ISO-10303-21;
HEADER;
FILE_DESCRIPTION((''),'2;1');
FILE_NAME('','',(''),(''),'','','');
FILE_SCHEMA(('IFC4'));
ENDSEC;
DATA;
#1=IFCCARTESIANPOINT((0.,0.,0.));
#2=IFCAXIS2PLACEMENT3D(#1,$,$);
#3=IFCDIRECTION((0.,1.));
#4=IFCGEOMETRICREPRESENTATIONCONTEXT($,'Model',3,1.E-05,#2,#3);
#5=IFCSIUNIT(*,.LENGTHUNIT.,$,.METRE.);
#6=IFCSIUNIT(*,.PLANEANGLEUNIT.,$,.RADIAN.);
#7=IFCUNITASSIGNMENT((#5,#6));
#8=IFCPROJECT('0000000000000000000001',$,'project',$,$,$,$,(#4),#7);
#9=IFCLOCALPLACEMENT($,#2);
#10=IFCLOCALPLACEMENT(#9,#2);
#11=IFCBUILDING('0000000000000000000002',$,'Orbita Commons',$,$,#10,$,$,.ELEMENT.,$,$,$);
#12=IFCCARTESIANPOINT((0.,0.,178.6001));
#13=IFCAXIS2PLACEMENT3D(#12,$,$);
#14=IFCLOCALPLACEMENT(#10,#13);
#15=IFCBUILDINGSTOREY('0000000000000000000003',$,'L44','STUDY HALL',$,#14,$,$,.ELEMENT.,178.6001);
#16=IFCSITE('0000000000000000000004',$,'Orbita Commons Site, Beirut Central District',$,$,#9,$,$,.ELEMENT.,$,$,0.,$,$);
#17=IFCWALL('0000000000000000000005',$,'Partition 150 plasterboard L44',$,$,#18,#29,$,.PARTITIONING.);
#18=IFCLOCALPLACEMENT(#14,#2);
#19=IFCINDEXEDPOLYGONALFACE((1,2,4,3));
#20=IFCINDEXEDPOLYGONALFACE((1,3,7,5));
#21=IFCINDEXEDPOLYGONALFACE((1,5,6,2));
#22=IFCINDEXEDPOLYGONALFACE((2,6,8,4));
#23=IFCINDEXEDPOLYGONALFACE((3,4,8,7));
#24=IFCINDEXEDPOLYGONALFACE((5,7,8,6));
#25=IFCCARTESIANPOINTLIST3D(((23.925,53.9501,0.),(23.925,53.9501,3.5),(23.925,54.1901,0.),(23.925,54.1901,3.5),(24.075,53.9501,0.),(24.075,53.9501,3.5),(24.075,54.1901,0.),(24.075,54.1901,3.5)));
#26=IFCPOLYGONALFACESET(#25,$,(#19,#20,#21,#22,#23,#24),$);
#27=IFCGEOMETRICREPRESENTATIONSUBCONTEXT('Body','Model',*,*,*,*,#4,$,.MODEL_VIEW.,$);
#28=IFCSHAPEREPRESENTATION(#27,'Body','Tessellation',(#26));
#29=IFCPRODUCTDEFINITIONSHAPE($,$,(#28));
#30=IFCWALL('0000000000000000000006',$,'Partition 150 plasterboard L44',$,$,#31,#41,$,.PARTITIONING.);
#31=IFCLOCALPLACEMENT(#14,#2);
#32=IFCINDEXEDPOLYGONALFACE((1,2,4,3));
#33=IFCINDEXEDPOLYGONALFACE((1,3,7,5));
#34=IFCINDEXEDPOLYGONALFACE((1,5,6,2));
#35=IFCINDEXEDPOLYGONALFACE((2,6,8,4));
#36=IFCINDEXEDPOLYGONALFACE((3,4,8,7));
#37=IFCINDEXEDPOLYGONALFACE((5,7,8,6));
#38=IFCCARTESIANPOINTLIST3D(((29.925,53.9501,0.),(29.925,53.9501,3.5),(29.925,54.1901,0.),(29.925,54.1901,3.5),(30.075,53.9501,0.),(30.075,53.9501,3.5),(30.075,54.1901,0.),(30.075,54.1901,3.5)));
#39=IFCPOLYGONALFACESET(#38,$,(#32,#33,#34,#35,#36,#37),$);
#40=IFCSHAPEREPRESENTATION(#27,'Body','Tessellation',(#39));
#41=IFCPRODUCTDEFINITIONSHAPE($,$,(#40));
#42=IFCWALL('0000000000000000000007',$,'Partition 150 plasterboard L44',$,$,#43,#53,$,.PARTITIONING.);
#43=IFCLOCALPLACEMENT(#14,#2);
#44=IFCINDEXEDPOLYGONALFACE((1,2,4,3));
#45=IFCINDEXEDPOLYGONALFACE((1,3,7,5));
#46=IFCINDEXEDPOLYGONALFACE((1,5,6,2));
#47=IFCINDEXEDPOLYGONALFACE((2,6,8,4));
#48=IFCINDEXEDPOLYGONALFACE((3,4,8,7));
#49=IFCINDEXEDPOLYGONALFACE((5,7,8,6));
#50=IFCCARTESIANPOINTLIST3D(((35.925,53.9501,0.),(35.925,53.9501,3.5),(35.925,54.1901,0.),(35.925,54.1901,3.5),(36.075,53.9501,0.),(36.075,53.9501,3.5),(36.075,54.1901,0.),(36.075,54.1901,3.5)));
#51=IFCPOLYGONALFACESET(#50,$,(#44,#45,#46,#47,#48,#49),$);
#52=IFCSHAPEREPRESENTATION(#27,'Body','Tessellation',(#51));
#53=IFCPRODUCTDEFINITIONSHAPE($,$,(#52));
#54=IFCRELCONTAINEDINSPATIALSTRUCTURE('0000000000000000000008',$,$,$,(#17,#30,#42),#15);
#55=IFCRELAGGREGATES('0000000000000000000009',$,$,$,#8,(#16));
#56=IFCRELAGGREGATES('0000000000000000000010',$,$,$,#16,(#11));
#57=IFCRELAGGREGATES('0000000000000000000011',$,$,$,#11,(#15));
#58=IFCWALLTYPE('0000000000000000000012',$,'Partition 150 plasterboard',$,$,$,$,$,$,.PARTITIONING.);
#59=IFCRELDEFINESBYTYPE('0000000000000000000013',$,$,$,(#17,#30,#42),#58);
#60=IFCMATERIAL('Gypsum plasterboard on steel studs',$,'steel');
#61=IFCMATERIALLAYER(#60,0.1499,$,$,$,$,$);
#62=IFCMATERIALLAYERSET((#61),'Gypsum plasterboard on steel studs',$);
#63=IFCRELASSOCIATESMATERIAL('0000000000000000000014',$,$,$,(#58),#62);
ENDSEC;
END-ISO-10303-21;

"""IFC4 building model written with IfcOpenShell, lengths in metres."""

from ifc_helpers import new_model, si_unit, direction, frame, frame_2d, origin, place, context, subcontext, project, spatial, rectangle, extrude, material, layer, layer_set, type_object, element, save


model = new_model("IFC4")

# Units and contexts
model_context = context("Model", 3, precision=1e-05, world=origin(), true_north=direction((0.0, 1.0)))
body_context = subcontext(model_context, "Body", "Model", "MODEL_VIEW")
ifc_project = project(units=[si_unit("LENGTHUNIT", "METRE"), si_unit("PLANEANGLEUNIT", "RADIAN")], contexts=[model_context])

# Site, building, storey
site_placement = place(None, origin())
site = spatial("IfcSite", under=ifc_project, at=site_placement, Name="Orbita Commons Site, Beirut Central District", CompositionType="ELEMENT", RefElevation=0.0)
building_placement = place(site_placement, origin())
building = spatial("IfcBuilding", under=site, at=building_placement, Name="Orbita Commons", CompositionType="ELEMENT")
storey_placement = place(building_placement, frame((0.0, 0.0, 178.6001)))
storey = spatial("IfcBuildingStorey", under=building, at=storey_placement, Name="L44", Description="STUDY HALL", CompositionType="ELEMENT", Elevation=178.6001)

# Walls
ifc_material_1 = material(Name="Gypsum plasterboard on steel studs", Category="steel")
ifc_layer_1 = layer(ifc_material_1, 0.1499)
ifc_layer_set_1 = layer_set([ifc_layer_1], Name="Gypsum plasterboard on steel studs")
wall_type_1 = type_object("IfcWallType", Name="Partition 150 plasterboard", PredefinedType="PARTITIONING", material=ifc_layer_set_1)
for number, where, z_axis, x_axis, name in (
    (1, (24.0, 53.95, 0.0), (0.0, 0.0, 1.0), (0.0, 1.0, 0.0), "Partition 150 plasterboard L44"),
    (2, (30.0, 53.95, 0.0), (0.0, 0.0, 1.0), (0.0, 1.0, 0.0), "Partition 150 plasterboard L44"),
    (3, (36.0, 53.95, 0.0), (0.0, 0.0, 1.0), (0.0, 1.0, 0.0), "Partition 150 plasterboard L44"),
):
    element("IfcWall", number, at=place(storey_placement, frame(where, z_axis=z_axis, x_axis=x_axis)), inside=storey, type_object=wall_type_1, Name=name, PredefinedType="PARTITIONING", context=body_context, shape_type="SweptSolid", body=[
        extrude(rectangle(XDim=0.24, YDim=0.1499, at=frame_2d((0.1201, 0.0))), origin(), (0.0, 0.0, 1.0), 3.5),
    ])

save(model, "model.ifc")
